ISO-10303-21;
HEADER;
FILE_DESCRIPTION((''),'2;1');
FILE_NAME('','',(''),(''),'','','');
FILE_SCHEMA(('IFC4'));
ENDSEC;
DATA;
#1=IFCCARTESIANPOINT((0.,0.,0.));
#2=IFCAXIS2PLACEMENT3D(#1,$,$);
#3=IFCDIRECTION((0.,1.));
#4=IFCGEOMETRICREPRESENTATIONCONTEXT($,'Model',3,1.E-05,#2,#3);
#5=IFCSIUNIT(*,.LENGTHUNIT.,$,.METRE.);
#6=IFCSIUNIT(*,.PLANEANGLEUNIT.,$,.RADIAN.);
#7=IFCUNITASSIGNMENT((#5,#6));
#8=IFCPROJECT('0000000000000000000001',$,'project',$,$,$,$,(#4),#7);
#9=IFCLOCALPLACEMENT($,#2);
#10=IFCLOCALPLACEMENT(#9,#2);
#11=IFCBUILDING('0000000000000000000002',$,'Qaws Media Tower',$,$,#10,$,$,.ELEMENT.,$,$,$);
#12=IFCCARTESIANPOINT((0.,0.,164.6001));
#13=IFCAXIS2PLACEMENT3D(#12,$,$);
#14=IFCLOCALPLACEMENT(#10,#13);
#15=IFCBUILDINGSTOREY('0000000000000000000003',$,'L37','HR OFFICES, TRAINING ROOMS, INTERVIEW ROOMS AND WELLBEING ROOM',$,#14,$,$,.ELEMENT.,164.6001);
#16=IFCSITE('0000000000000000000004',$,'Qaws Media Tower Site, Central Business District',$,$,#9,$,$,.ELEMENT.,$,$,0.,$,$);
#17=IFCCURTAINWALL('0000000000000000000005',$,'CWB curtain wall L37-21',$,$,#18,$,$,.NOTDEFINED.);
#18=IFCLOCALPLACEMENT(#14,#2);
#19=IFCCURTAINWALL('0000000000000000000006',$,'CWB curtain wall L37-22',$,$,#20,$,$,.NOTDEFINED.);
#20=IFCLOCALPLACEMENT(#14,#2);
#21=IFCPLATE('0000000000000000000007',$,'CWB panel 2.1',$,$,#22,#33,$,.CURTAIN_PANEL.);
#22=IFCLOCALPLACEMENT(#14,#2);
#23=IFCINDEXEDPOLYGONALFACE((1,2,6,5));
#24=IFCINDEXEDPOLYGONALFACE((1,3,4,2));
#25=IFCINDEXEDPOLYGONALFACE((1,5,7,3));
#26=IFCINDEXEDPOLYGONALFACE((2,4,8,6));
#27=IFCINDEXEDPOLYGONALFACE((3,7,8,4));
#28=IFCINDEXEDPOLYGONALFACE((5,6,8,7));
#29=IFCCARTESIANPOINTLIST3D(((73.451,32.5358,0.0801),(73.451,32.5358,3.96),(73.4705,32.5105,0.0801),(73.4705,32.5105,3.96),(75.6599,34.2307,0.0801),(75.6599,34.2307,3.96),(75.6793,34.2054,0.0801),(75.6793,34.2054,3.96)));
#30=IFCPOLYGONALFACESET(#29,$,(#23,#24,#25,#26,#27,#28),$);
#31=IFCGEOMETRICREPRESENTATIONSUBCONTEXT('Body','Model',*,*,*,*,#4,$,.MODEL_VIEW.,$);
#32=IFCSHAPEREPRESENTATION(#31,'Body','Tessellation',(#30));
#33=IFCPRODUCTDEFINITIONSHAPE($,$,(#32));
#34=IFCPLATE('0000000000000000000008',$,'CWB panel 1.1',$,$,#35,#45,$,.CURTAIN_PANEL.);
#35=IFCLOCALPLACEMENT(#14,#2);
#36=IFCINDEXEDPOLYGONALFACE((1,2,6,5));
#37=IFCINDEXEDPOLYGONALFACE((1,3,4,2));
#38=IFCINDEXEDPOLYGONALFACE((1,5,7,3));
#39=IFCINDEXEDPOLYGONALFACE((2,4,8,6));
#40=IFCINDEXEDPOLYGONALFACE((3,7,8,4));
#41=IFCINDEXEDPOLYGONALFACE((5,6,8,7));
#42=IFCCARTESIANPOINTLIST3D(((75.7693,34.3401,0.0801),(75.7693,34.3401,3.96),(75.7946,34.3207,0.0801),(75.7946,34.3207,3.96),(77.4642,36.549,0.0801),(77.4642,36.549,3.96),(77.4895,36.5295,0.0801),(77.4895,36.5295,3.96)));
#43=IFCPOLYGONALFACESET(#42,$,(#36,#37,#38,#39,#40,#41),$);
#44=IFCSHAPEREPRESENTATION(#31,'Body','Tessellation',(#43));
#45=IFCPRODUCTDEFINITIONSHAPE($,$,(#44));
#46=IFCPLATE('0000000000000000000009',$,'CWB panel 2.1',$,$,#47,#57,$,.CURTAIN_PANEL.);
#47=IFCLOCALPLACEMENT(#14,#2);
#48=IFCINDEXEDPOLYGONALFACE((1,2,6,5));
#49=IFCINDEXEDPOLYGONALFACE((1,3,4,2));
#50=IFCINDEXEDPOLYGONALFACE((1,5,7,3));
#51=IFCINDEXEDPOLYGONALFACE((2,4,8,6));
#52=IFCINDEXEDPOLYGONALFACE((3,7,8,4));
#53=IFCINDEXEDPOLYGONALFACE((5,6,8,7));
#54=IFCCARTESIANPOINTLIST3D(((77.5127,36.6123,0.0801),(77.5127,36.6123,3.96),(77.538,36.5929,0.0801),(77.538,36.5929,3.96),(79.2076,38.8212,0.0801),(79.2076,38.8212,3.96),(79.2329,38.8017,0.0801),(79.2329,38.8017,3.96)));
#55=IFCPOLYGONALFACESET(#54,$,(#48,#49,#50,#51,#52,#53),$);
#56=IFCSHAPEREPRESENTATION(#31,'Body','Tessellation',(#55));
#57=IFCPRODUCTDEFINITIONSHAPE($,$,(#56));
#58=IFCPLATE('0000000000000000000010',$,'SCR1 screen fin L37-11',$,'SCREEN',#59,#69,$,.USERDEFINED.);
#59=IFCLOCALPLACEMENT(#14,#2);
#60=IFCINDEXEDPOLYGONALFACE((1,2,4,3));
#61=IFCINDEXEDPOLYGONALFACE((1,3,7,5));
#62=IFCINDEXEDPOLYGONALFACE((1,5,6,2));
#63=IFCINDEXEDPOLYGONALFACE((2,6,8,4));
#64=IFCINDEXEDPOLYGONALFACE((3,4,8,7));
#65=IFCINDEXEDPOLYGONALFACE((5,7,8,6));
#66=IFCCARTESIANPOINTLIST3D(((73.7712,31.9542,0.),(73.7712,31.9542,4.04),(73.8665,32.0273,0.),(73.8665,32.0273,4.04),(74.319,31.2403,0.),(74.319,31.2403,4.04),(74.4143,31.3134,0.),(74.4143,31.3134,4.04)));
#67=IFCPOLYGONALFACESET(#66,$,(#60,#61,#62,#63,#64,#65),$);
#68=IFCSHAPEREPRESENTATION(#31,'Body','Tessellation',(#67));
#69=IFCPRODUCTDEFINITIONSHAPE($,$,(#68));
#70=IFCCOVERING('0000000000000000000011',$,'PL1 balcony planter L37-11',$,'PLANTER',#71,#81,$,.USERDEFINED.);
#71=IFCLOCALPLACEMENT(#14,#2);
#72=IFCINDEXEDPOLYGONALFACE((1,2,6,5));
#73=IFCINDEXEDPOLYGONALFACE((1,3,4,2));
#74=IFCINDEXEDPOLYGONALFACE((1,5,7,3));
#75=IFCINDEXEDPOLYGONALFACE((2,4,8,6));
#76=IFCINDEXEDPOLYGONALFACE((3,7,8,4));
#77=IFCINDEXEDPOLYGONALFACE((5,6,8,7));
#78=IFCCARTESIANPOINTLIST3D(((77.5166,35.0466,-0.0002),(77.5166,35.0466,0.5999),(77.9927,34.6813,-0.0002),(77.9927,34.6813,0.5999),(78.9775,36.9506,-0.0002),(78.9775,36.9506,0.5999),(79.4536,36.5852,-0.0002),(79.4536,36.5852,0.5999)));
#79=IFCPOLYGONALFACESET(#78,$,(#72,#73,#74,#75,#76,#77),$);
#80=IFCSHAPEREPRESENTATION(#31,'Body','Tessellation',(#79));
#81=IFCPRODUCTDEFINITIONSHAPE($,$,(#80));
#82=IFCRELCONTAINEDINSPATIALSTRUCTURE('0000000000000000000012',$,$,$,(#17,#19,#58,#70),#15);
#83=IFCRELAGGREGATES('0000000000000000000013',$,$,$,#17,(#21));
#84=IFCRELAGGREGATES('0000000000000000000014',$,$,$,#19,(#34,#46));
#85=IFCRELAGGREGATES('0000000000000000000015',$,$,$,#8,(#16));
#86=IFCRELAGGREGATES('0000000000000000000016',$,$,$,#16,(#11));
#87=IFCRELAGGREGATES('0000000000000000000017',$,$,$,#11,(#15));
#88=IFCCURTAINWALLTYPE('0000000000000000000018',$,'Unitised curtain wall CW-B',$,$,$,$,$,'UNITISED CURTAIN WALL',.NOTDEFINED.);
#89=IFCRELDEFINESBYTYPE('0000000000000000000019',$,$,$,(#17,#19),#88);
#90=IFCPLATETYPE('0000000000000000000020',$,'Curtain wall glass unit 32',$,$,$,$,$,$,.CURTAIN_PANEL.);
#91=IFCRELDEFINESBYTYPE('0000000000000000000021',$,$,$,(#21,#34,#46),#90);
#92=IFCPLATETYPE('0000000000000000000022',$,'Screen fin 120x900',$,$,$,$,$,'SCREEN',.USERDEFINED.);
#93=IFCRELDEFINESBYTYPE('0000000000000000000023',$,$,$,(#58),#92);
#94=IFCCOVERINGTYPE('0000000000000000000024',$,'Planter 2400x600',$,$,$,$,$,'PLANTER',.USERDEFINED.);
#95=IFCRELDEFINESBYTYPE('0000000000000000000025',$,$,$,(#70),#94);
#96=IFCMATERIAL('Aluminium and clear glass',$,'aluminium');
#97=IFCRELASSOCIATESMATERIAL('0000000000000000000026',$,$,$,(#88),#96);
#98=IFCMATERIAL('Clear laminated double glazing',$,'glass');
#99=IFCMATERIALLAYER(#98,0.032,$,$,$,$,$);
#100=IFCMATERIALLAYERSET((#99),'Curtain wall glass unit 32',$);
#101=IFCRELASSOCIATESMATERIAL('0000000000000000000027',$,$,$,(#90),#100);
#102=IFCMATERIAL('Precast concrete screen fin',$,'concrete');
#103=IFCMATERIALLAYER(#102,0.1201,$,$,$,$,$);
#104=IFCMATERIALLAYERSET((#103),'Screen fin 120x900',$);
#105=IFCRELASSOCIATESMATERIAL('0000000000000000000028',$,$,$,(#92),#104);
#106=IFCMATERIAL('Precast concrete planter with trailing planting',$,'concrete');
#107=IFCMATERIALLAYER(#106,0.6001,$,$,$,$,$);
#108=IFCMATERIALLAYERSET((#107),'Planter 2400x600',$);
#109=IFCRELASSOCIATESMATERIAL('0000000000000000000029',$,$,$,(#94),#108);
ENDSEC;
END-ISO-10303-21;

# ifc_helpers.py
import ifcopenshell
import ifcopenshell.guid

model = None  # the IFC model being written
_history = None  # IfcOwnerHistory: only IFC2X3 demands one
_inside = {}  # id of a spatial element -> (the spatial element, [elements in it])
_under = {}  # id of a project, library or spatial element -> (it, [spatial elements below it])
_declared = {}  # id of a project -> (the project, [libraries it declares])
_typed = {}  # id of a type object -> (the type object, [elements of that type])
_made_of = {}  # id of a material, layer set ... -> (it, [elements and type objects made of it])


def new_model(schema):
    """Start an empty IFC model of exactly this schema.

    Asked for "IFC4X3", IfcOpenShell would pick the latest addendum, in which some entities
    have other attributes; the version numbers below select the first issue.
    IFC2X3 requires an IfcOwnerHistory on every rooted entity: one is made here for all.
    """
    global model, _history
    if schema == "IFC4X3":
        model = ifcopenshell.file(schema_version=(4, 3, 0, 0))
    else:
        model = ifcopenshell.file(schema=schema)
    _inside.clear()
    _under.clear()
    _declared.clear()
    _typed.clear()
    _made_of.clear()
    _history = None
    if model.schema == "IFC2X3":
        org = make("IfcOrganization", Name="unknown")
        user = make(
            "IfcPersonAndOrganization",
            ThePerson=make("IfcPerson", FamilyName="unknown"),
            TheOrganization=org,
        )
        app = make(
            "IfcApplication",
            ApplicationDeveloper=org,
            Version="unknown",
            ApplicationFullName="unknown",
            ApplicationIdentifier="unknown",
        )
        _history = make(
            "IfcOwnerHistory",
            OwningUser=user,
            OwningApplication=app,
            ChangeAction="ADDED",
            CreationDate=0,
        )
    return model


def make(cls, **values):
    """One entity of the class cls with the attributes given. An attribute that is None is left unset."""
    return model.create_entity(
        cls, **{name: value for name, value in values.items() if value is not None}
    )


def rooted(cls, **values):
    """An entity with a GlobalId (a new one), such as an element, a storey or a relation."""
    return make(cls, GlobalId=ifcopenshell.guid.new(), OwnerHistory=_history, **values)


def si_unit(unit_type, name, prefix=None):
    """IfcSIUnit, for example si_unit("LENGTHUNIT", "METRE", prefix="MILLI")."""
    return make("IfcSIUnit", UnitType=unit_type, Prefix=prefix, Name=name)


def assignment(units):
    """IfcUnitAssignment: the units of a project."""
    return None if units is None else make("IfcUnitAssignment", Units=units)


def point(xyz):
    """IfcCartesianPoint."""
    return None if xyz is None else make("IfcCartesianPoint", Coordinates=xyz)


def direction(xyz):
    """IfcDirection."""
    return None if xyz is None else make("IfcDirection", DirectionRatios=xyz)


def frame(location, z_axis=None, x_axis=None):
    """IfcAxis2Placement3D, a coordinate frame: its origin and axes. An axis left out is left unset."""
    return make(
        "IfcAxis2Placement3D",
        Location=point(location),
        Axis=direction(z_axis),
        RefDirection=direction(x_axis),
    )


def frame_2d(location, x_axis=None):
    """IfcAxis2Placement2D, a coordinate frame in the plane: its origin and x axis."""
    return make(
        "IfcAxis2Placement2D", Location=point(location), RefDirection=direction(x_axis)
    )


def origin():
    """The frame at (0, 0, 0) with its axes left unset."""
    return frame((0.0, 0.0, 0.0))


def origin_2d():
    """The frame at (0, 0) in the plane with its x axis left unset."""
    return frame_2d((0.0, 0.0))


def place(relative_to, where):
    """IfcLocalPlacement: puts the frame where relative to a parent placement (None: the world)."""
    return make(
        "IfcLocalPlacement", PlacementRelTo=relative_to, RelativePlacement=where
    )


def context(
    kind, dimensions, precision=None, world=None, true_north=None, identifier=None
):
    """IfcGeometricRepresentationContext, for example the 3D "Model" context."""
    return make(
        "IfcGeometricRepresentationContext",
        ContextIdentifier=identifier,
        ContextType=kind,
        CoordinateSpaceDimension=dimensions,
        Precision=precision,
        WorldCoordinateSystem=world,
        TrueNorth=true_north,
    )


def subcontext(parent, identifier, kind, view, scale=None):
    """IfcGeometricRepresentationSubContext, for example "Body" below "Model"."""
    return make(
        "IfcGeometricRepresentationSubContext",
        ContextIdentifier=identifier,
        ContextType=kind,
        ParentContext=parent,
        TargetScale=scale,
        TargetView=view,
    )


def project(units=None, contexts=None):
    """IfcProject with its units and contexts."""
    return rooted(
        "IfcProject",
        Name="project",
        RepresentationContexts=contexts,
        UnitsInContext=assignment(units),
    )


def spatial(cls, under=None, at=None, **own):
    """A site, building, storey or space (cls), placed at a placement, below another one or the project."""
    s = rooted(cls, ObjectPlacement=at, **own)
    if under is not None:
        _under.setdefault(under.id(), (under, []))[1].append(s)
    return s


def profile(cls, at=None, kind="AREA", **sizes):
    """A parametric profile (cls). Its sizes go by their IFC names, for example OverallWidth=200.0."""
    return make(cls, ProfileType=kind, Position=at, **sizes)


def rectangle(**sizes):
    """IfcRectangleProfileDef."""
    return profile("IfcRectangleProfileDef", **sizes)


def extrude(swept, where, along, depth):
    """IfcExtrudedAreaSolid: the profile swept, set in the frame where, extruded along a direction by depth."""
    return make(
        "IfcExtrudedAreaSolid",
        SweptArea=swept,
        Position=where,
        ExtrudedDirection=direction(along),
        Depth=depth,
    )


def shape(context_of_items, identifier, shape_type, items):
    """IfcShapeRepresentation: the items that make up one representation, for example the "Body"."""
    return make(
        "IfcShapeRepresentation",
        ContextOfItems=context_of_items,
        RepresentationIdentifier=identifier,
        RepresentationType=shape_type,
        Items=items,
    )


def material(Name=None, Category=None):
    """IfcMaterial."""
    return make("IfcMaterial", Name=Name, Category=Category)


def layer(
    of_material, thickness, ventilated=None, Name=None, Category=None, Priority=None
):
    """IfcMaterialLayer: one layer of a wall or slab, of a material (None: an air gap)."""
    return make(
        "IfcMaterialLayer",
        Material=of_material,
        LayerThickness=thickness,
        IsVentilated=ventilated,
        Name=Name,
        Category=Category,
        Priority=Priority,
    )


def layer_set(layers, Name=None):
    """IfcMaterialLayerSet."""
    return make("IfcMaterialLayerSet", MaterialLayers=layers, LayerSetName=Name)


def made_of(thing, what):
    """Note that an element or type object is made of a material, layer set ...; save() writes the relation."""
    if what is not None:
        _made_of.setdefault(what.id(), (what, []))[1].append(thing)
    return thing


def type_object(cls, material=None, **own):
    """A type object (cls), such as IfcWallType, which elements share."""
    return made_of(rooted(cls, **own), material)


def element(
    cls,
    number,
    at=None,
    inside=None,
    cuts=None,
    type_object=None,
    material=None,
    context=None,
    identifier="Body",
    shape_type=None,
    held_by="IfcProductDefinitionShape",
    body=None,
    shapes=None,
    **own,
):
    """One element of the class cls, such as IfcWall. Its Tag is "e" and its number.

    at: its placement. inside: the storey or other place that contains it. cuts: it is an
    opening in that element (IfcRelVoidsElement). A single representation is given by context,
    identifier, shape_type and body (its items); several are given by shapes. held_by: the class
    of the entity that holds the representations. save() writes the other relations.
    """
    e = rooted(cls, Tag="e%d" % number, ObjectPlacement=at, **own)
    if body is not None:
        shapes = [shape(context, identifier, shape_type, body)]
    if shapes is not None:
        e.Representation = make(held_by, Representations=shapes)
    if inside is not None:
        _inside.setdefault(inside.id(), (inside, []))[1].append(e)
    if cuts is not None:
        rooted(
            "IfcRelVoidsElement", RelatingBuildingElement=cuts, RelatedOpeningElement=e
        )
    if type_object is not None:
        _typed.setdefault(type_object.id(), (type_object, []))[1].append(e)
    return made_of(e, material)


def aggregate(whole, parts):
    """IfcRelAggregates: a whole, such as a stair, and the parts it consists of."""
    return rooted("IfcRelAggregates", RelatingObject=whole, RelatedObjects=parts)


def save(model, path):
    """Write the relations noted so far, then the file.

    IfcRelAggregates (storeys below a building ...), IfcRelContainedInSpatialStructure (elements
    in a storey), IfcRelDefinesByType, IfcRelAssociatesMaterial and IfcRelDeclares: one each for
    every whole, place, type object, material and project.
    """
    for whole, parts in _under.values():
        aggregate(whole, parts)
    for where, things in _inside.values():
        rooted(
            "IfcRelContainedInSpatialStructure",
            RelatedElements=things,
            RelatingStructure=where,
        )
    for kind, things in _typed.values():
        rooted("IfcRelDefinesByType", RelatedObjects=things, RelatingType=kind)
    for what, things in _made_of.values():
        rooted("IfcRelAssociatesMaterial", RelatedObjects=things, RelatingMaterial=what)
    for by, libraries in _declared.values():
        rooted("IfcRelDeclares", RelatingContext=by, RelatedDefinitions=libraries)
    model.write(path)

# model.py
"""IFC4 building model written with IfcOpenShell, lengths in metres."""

from ifc_helpers import new_model, si_unit, direction, frame, origin, origin_2d, place, context, subcontext, project, spatial, rectangle, extrude, material, layer, layer_set, type_object, element, aggregate, save


model = new_model("IFC4")

# Units and contexts
model_context = context("Model", 3, precision=1e-05, world=origin(), true_north=direction((0.0, 1.0)))
body_context = subcontext(model_context, "Body", "Model", "MODEL_VIEW")
ifc_project = project(units=[si_unit("LENGTHUNIT", "METRE"), si_unit("PLANEANGLEUNIT", "RADIAN")], contexts=[model_context])

# Site, building, storey
site_placement = place(None, origin())
site = spatial("IfcSite", under=ifc_project, at=site_placement, Name="Qaws Media Tower Site, Central Business District", CompositionType="ELEMENT", RefElevation=0.0)
building_placement = place(site_placement, origin())
building = spatial("IfcBuilding", under=site, at=building_placement, Name="Qaws Media Tower", CompositionType="ELEMENT")
storey_placement = place(building_placement, frame((0.0, 0.0, 164.6001)))
storey = spatial("IfcBuildingStorey", under=building, at=storey_placement, Name="L37", Description="HR OFFICES, TRAINING ROOMS, INTERVIEW ROOMS AND WELLBEING ROOM", CompositionType="ELEMENT", Elevation=164.6001)

# Curtain walls
ifc_material_1 = material(Name="Aluminium and clear glass", Category="aluminium")
curtain_wall_type = type_object("IfcCurtainWallType", Name="Unitised curtain wall CW-B", ElementType="UNITISED CURTAIN WALL", PredefinedType="NOTDEFINED", material=ifc_material_1)
curtain_wall_1_placement = place(storey_placement, origin())
curtain_wall_1 = element("IfcCurtainWall", 1, at=curtain_wall_1_placement, inside=storey, type_object=curtain_wall_type, Name="CWB curtain wall L37-21", PredefinedType="NOTDEFINED")
curtain_wall_2_placement = place(storey_placement, origin())
curtain_wall_2 = element("IfcCurtainWall", 2, at=curtain_wall_2_placement, inside=storey, type_object=curtain_wall_type, Name="CWB curtain wall L37-22", PredefinedType="NOTDEFINED")

# Plates
ifc_material_2 = material(Name="Clear laminated double glazing", Category="glass")
ifc_layer_1 = layer(ifc_material_2, 0.032)
ifc_layer_set_1 = layer_set([ifc_layer_1], Name="Curtain wall glass unit 32")
plate_type_1 = type_object("IfcPlateType", Name="Curtain wall glass unit 32", PredefinedType="CURTAIN_PANEL", material=ifc_layer_set_1)
plate_1_placement = place(storey_placement, frame((74.5652, 33.3706, 0.0801), z_axis=(0.0, 0.0, 1.0), x_axis=(0.793353, 0.608761, 0.0)))
plate_1 = element("IfcPlate", 3, at=plate_1_placement, type_object=plate_type_1, Name="CWB panel 2.1", PredefinedType="CURTAIN_PANEL", context=body_context, shape_type="SweptSolid", body=[
    extrude(rectangle(XDim=2.7842, YDim=0.032, at=origin_2d()), origin(), (0.0, 0.0, 1.0), 3.8799),
])
aggregate(curtain_wall_1, [plate_1])
plate_2_placement = place(storey_placement, frame((76.6294, 35.4348, 0.0801), z_axis=(0.0, 0.0, 1.0), x_axis=(0.608761, 0.793353, 0.0)))
plate_2 = element("IfcPlate", 4, at=plate_2_placement, type_object=plate_type_1, Name="CWB panel 1.1", PredefinedType="CURTAIN_PANEL", context=body_context, shape_type="SweptSolid", body=[
    extrude(rectangle(XDim=2.7842, YDim=0.032, at=origin_2d()), origin(), (0.0, 0.0, 1.0), 3.8799),
])
plate_3_placement = place(storey_placement, frame((78.3728, 37.707, 0.0801), z_axis=(0.0, 0.0, 1.0), x_axis=(0.608761, 0.793353, 0.0)))
plate_3 = element("IfcPlate", 5, at=plate_3_placement, type_object=plate_type_1, Name="CWB panel 2.1", PredefinedType="CURTAIN_PANEL", context=body_context, shape_type="SweptSolid", body=[
    extrude(rectangle(XDim=2.7842, YDim=0.032, at=origin_2d()), origin(), (0.0, 0.0, 1.0), 3.8799),
])
aggregate(curtain_wall_2, [plate_2, plate_3])
ifc_material_3 = material(Name="Precast concrete screen fin", Category="concrete")
ifc_layer_2 = layer(ifc_material_3, 0.1201)
ifc_layer_set_2 = layer_set([ifc_layer_2], Name="Screen fin 120x900")
plate_type_2 = type_object("IfcPlateType", Name="Screen fin 120x900", ElementType="SCREEN", PredefinedType="USERDEFINED", material=ifc_layer_set_2)
plate_4_placement = place(storey_placement, frame((74.0928, 31.6338, 0.0), z_axis=(0.0, 0.0, 1.0), x_axis=(0.608761, -0.793353, 0.0)))
element("IfcPlate", 6, at=plate_4_placement, inside=storey, type_object=plate_type_2, Name="SCR1 screen fin L37-11", ObjectType="SCREEN", PredefinedType="USERDEFINED", context=body_context, shape_type="SweptSolid", body=[
    extrude(rectangle(XDim=0.8999, YDim=0.1201, at=origin_2d()), origin(), (0.0, 0.0, 1.0), 4.04),
])

# Covering
ifc_material_4 = material(Name="Precast concrete planter with trailing planting", Category="concrete")
ifc_layer_3 = layer(ifc_material_4, 0.6001)
ifc_layer_set_3 = layer_set([ifc_layer_3], Name="Planter 2400x600")
covering_type = type_object("IfcCoveringType", Name="Planter 2400x600", ElementType="PLANTER", PredefinedType="USERDEFINED", material=ifc_layer_set_3)
covering_placement = place(storey_placement, frame((78.4851, 35.8159, -0.0002), z_axis=(0.0, 0.0, 1.0), x_axis=(0.608761, 0.793353, 0.0)))
element("IfcCovering", 7, at=covering_placement, inside=storey, type_object=covering_type, Name="PL1 balcony planter L37-11", ObjectType="PLANTER", PredefinedType="USERDEFINED", context=body_context, shape_type="SweptSolid", body=[
    extrude(rectangle(XDim=2.3999, YDim=0.6001, at=origin_2d()), origin(), (0.0, 0.0, 1.0), 0.6001),
])

save(model, "model.ifc")
